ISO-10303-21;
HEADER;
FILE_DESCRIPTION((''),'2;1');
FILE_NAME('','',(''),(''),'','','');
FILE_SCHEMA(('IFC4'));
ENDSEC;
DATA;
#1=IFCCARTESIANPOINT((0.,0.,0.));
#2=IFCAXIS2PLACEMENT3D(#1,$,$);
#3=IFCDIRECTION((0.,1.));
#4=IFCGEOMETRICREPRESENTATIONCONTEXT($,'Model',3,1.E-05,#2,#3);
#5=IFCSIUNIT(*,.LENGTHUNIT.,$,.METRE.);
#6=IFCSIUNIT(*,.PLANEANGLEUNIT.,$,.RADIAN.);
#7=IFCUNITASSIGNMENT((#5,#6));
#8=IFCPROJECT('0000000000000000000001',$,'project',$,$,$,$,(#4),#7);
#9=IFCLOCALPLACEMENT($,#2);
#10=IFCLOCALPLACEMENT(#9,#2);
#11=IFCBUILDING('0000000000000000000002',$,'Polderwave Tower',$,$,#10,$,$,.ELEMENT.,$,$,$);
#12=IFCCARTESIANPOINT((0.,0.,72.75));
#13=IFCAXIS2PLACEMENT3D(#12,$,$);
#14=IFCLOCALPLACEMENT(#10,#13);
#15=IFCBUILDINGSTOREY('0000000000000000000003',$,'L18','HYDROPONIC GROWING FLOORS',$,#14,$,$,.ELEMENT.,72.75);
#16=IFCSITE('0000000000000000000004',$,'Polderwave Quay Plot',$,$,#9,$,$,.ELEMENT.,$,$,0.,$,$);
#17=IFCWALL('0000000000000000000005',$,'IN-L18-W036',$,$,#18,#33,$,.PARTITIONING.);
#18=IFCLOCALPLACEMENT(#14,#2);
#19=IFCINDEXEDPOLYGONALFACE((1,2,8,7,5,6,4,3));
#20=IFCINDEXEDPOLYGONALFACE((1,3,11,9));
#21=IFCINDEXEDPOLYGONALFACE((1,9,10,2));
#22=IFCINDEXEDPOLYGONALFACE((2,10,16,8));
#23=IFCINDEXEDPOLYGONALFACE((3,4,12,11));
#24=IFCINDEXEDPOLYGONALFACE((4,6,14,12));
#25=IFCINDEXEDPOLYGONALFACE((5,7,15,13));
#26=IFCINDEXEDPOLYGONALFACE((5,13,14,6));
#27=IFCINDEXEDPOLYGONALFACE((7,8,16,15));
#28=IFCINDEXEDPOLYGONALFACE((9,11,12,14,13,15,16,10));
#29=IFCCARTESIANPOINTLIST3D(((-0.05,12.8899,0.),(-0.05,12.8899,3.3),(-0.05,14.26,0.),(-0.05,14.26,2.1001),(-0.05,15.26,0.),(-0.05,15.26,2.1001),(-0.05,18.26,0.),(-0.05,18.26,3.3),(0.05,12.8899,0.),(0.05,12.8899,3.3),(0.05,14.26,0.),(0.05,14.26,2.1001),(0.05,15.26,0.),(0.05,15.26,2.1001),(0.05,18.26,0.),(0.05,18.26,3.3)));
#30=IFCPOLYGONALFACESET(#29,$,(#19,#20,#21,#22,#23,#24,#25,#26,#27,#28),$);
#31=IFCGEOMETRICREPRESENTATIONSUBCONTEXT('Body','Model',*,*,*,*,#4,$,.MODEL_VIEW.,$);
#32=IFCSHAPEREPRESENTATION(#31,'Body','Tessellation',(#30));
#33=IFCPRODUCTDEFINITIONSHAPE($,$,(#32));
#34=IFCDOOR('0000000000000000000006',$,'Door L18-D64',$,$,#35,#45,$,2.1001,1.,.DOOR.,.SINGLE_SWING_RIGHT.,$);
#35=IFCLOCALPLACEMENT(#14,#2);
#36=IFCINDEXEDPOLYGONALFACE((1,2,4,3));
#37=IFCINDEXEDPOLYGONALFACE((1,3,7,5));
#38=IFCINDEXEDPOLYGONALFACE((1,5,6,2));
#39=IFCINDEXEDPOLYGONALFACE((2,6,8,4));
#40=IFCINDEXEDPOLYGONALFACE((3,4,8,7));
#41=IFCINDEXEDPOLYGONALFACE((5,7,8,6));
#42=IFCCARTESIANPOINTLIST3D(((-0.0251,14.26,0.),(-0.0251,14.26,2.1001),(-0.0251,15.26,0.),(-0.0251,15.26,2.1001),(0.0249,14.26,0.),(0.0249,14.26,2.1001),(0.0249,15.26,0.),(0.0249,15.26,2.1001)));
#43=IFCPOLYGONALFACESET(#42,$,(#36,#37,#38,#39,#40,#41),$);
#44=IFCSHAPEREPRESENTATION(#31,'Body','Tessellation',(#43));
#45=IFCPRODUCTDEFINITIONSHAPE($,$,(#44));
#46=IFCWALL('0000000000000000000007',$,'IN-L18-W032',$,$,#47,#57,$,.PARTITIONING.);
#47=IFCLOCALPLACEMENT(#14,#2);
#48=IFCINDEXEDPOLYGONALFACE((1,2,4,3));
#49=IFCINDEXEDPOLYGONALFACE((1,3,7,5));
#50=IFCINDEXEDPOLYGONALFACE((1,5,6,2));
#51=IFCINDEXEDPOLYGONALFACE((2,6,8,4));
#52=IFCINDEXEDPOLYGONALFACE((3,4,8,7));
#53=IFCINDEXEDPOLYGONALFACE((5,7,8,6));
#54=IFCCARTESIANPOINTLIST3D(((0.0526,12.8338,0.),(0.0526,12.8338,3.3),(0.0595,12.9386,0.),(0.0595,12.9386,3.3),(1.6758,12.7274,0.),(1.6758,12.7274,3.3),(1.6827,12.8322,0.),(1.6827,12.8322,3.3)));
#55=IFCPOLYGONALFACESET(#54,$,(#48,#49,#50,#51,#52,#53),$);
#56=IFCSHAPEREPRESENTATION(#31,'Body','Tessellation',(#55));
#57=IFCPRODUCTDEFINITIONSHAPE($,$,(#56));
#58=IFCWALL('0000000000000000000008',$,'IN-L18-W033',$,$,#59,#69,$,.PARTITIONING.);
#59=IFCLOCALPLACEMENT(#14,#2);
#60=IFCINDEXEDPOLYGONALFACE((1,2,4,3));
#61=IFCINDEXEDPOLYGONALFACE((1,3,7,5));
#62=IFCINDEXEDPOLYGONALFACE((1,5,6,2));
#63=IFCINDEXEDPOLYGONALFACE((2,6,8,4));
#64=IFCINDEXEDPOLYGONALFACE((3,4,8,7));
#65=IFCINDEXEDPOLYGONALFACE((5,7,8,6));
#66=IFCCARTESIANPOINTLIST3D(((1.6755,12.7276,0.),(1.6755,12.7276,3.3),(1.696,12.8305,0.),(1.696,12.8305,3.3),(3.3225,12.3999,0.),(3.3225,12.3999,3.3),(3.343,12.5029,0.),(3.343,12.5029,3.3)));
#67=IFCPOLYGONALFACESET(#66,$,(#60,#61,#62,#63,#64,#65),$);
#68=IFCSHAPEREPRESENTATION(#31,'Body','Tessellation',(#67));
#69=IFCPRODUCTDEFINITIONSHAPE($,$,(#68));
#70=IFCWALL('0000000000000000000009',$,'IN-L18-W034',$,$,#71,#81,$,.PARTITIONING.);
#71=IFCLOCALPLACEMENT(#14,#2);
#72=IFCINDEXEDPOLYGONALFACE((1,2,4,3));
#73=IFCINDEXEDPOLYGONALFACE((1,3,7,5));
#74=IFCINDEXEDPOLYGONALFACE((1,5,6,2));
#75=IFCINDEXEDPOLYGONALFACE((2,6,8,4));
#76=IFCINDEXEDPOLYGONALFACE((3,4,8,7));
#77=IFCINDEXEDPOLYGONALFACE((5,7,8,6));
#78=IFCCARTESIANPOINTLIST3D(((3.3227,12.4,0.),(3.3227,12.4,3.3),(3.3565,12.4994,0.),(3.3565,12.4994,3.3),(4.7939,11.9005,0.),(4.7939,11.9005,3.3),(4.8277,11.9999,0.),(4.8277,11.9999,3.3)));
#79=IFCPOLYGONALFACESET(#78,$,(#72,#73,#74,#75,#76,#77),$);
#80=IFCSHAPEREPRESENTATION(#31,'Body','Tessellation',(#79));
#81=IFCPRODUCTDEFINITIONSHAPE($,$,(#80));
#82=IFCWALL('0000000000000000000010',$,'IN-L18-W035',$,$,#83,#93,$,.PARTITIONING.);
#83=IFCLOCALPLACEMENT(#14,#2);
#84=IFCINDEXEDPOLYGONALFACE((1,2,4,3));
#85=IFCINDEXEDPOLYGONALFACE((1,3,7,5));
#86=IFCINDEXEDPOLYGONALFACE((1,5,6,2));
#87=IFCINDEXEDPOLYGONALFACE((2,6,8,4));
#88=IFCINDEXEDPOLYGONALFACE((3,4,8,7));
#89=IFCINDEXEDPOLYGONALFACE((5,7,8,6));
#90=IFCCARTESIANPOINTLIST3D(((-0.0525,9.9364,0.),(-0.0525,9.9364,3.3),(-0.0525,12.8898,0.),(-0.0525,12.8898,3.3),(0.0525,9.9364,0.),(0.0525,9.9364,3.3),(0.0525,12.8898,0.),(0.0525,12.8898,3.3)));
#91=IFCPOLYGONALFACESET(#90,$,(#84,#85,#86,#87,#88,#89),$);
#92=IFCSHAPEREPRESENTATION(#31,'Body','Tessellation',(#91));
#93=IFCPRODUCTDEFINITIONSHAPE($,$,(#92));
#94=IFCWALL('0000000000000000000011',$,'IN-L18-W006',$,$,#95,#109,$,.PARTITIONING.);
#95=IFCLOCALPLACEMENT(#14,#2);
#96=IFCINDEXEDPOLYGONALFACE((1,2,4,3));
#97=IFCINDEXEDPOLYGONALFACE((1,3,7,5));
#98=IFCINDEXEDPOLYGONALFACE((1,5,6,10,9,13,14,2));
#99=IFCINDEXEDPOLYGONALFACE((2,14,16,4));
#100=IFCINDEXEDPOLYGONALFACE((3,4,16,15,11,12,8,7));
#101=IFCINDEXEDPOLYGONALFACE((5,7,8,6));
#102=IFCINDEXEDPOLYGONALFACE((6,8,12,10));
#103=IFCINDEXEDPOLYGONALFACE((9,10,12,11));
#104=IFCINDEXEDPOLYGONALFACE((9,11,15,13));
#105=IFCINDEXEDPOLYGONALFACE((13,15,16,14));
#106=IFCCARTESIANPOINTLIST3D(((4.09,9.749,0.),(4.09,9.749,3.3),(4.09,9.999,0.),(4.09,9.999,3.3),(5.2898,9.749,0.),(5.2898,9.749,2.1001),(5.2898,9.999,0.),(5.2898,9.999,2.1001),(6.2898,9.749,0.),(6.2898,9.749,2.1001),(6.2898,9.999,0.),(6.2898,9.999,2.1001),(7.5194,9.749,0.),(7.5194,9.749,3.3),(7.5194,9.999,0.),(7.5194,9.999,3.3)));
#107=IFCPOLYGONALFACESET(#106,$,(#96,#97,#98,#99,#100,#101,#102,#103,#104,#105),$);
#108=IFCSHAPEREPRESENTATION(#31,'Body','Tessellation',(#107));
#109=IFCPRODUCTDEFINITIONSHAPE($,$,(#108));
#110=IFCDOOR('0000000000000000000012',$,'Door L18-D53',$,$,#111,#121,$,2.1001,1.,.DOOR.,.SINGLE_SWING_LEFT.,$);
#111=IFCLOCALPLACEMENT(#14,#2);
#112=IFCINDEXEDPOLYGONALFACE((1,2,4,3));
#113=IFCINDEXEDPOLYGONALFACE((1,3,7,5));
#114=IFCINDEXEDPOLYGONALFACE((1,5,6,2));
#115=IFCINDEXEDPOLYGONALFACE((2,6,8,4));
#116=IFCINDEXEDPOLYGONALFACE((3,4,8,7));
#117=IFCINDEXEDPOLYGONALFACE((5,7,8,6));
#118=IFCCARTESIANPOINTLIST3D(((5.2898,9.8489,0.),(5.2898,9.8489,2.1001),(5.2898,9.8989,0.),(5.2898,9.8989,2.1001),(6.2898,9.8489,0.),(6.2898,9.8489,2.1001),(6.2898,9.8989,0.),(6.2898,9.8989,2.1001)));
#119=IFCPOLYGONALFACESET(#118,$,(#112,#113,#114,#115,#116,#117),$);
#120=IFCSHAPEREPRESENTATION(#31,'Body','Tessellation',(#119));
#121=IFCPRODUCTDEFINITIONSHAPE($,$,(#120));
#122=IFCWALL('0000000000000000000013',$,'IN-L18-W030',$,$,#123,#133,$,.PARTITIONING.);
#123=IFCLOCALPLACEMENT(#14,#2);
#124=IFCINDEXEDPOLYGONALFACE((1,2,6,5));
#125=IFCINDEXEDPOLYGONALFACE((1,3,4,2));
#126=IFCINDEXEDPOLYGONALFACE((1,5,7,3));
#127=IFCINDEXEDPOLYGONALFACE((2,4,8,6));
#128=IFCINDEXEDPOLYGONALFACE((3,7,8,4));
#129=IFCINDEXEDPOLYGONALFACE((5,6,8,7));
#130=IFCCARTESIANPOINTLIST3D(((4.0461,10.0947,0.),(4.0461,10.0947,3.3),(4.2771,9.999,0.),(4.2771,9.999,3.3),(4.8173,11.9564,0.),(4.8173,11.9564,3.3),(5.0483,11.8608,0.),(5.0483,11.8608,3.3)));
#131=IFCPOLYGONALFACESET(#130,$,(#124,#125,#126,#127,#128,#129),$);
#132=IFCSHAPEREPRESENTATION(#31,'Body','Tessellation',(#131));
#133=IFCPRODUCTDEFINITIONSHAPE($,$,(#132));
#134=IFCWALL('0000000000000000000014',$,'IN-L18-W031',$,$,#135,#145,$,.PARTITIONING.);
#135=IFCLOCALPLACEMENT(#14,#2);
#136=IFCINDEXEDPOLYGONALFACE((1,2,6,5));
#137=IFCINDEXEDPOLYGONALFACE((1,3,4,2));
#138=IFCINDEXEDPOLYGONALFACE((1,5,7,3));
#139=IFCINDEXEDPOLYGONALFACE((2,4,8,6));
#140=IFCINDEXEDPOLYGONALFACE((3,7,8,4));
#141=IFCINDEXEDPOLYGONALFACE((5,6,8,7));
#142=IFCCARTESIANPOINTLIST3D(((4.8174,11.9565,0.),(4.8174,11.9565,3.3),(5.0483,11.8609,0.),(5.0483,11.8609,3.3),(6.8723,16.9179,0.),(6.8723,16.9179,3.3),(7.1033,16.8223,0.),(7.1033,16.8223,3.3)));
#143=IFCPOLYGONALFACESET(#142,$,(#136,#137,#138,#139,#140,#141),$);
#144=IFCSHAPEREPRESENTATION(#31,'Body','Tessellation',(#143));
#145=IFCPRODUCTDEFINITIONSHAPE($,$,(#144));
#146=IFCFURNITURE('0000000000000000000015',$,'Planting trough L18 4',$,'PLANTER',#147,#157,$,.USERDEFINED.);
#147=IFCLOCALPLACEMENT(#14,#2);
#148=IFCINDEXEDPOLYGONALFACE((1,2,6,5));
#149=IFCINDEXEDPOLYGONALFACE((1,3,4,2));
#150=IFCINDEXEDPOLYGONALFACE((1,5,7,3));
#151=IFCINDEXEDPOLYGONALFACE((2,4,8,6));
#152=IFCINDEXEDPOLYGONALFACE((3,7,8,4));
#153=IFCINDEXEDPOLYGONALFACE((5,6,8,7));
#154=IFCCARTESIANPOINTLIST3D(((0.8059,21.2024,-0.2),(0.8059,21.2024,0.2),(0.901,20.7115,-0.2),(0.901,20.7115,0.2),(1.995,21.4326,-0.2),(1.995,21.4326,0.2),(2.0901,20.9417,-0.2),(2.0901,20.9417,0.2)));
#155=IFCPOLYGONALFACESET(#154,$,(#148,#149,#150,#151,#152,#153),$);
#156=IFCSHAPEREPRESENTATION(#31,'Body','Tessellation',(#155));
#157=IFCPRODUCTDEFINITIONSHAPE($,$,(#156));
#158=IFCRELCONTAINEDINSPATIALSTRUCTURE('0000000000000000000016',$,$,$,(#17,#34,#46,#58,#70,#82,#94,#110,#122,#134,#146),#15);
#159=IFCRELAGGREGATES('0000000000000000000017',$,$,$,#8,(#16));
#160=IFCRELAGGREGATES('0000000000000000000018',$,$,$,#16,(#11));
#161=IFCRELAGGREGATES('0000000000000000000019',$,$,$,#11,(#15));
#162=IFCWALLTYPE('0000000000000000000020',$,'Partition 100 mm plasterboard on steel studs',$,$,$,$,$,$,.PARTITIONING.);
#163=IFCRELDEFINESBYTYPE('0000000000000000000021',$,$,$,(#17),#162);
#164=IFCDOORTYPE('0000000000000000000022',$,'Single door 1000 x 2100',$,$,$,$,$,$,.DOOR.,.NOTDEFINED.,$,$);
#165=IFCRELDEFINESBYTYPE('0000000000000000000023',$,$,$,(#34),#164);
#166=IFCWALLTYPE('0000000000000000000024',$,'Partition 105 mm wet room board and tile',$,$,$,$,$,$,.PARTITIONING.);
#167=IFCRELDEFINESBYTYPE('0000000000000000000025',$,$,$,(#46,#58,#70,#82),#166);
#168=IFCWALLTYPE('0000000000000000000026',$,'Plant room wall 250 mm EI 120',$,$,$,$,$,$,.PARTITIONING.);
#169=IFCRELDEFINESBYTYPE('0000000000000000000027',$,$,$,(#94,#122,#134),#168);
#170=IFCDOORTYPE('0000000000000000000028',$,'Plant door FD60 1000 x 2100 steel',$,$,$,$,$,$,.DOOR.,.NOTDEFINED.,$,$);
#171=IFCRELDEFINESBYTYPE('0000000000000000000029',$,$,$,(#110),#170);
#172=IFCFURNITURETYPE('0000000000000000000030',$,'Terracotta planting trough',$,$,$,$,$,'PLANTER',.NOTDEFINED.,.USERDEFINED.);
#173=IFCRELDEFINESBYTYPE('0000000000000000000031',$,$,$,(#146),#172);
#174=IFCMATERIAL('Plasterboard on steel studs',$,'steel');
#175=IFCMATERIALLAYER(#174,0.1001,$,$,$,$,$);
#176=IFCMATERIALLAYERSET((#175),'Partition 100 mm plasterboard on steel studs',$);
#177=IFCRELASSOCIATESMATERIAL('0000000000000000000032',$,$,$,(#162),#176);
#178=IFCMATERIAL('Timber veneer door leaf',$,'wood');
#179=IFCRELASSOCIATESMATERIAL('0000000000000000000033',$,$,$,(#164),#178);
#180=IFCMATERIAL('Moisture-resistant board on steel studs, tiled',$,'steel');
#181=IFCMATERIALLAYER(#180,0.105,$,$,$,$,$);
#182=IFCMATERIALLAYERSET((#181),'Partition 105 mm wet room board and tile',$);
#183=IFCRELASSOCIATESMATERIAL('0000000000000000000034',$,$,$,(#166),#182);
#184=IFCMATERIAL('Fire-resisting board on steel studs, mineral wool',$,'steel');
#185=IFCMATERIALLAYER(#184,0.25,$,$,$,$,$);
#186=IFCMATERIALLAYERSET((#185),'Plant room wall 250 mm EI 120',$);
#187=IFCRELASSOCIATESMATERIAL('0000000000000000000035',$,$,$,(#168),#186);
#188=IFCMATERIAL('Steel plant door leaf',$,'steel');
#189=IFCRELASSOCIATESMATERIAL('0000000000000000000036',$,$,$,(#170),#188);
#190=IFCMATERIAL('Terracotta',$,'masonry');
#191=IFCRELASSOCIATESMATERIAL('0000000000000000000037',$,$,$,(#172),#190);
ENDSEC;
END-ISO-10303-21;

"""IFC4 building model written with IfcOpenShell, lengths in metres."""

from ifc_helpers import new_model, si_unit, direction, frame, frame_2d, origin, origin_2d, place, context, subcontext, project, spatial, rectangle, extrude, material, layer, layer_set, type_object, element, fill, save


model = new_model("IFC4")

# Units and contexts
model_context = context("Model", 3, precision=1e-05, world=origin(), true_north=direction((0.0, 1.0)))
body_context = subcontext(model_context, "Body", "Model", "MODEL_VIEW")
ifc_project = project(units=[si_unit("LENGTHUNIT", "METRE"), si_unit("PLANEANGLEUNIT", "RADIAN")], contexts=[model_context])

# Site, building, storey
site_placement = place(None, origin())
site = spatial("IfcSite", under=ifc_project, at=site_placement, Name="Polderwave Quay Plot", CompositionType="ELEMENT", RefElevation=0.0)
building_placement = place(site_placement, origin())
building = spatial("IfcBuilding", under=site, at=building_placement, Name="Polderwave Tower", CompositionType="ELEMENT")
storey_placement = place(building_placement, frame((0.0, 0.0, 72.75)))
storey = spatial("IfcBuildingStorey", under=building, at=storey_placement, Name="L18", Description="HYDROPONIC GROWING FLOORS", CompositionType="ELEMENT", Elevation=72.75)

# Wall, opening, door
ifc_material_1 = material(Name="Plasterboard on steel studs", Category="steel")
ifc_layer_1 = layer(ifc_material_1, 0.1001)
ifc_layer_set_1 = layer_set([ifc_layer_1], Name="Partition 100 mm plasterboard on steel studs")
wall_type_1 = type_object("IfcWallType", Name="Partition 100 mm plasterboard on steel studs", PredefinedType="PARTITIONING", material=ifc_layer_set_1)
wall_1_placement = place(storey_placement, frame((0.0, 18.26, 0.0), z_axis=(0.0, 0.0, 1.0), x_axis=(0.0, -1.0, 0.0)))
wall_1 = element("IfcWall", 1, at=wall_1_placement, inside=storey, type_object=wall_type_1, Name="IN-L18-W036", PredefinedType="PARTITIONING", context=body_context, shape_type="SweptSolid", body=[
    extrude(rectangle(XDim=5.3701, YDim=0.1001, at=frame_2d((2.6851, 0.0))), origin(), (0.0, 0.0, 1.0), 3.3),
])
opening_1_placement = place(wall_1_placement, frame((3.0, 0.0, 0.0)))
opening_1 = element("IfcOpeningElement", 2, at=opening_1_placement, cuts=wall_1, PredefinedType="OPENING", context=body_context, shape_type="SweptSolid", body=[
    extrude(rectangle(XDim=1.0, YDim=2.1001, at=frame_2d((0.5, 1.05))), frame((0.0, 0.0601, 0.0), z_axis=(0.0, -1.0, 0.0), x_axis=(1.0, 0.0, 0.0)), (0.0, 0.0, 1.0), 0.1201),
])
ifc_material_2 = material(Name="Timber veneer door leaf", Category="wood")
door_type_1 = type_object("IfcDoorType", Name="Single door 1000 x 2100", OperationType="NOTDEFINED", PredefinedType="DOOR", material=ifc_material_2)
door_1_placement = place(opening_1_placement, origin())
door_1 = element("IfcDoor", 3, at=door_1_placement, inside=storey, type_object=door_type_1, Name="Door L18-D64", OperationType="SINGLE_SWING_RIGHT", OverallHeight=2.1001, OverallWidth=1.0, PredefinedType="DOOR", context=body_context, shape_type="SweptSolid", body=[
    extrude(rectangle(XDim=1.0, YDim=2.1001, at=frame_2d((0.5, 1.05))), frame((0.0, 0.0249, 0.0), z_axis=(0.0, -1.0, 0.0), x_axis=(1.0, 0.0, 0.0)), (0.0, 0.0, 1.0), 0.05),
])
fill(opening_1, door_1)

# Walls
ifc_material_3 = material(Name="Moisture-resistant board on steel studs, tiled", Category="steel")
ifc_layer_2 = layer(ifc_material_3, 0.105)
ifc_layer_set_2 = layer_set([ifc_layer_2], Name="Partition 105 mm wet room board and tile")
wall_type_2 = type_object("IfcWallType", Name="Partition 105 mm wet room board and tile", PredefinedType="PARTITIONING", material=ifc_layer_set_2)
wall_2_placement = place(storey_placement, frame((0.0559, 12.8862, 0.0), z_axis=(0.0, 0.0, 1.0), x_axis=(0.997857, -0.065433, 0.0)))
element("IfcWall", 4, at=wall_2_placement, inside=storey, type_object=wall_type_2, Name="IN-L18-W032", PredefinedType="PARTITIONING", context=body_context, shape_type="SweptSolid", body=[
    extrude(rectangle(XDim=1.6267, YDim=0.105, at=frame_2d((0.8135, 0.0))), origin(), (0.0, 0.0, 1.0), 3.3),
])
wall_3_placement = place(storey_placement, frame((1.6858, 12.7791, 0.0), z_axis=(0.0, 0.0, 1.0), x_axis=(0.980781, -0.19511, 0.0)))
element("IfcWall", 5, at=wall_3_placement, inside=storey, type_object=wall_type_2, Name="IN-L18-W033", PredefinedType="PARTITIONING", context=body_context, shape_type="SweptSolid", body=[
    extrude(rectangle(XDim=1.6792, YDim=0.105, at=frame_2d((0.8396, 0.0))), origin(), (0.0, 0.0, 1.0), 3.3),
])
wall_4_placement = place(storey_placement, frame((3.3396, 12.4497, 0.0), z_axis=(0.0, 0.0, 1.0), x_axis=(0.946909, -0.321503, 0.0)))
element("IfcWall", 6, at=wall_4_placement, inside=storey, type_object=wall_type_2, Name="IN-L18-W034", PredefinedType="PARTITIONING", context=body_context, shape_type="SweptSolid", body=[
    extrude(rectangle(XDim=1.5537, YDim=0.105, at=frame_2d((0.7769, 0.0))), origin(), (0.0, 0.0, 1.0), 3.3),
])
wall_5_placement = place(storey_placement, frame((0.0, 9.9365, 0.0), z_axis=(0.0, 0.0, 1.0), x_axis=(0.0, 1.0, 0.0)))
element("IfcWall", 7, at=wall_5_placement, inside=storey, type_object=wall_type_2, Name="IN-L18-W035", PredefinedType="PARTITIONING", context=body_context, shape_type="SweptSolid", body=[
    extrude(rectangle(XDim=2.9534, YDim=0.105, at=frame_2d((1.4766, 0.0))), origin(), (0.0, 0.0, 1.0), 3.3),
])

# Wall, opening, door
ifc_material_4 = material(Name="Fire-resisting board on steel studs, mineral wool", Category="steel")
ifc_layer_3 = layer(ifc_material_4, 0.25)
ifc_layer_set_3 = layer_set([ifc_layer_3], Name="Plant room wall 250 mm EI 120")
wall_type_3 = type_object("IfcWallType", Name="Plant room wall 250 mm EI 120", PredefinedType="PARTITIONING", material=ifc_layer_set_3)
wall_6_placement = place(storey_placement, frame((4.0898, 9.874, 0.0), z_axis=(0.0, 0.0, 1.0), x_axis=(1.0, 0.0, 0.0)))
wall_6 = element("IfcWall", 8, at=wall_6_placement, inside=storey, type_object=wall_type_3, Name="IN-L18-W006", PredefinedType="PARTITIONING", context=body_context, shape_type="SweptSolid", body=[
    extrude(rectangle(XDim=3.4294, YDim=0.25, at=frame_2d((1.7148, 0.0))), origin(), (0.0, 0.0, 1.0), 3.3),
])
opening_2_placement = place(wall_6_placement, frame((1.2, 0.0, 0.0)))
opening_2 = element("IfcOpeningElement", 9, at=opening_2_placement, cuts=wall_6, PredefinedType="OPENING", context=body_context, shape_type="SweptSolid", body=[
    extrude(rectangle(XDim=1.0, YDim=2.1001, at=frame_2d((0.5, 1.05))), frame((0.0, 0.135, 0.0), z_axis=(0.0, -1.0, 0.0), x_axis=(1.0, 0.0, 0.0)), (0.0, 0.0, 1.0), 0.27),
])
ifc_material_5 = material(Name="Steel plant door leaf", Category="steel")
door_type_2 = type_object("IfcDoorType", Name="Plant door FD60 1000 x 2100 steel", OperationType="NOTDEFINED", PredefinedType="DOOR", material=ifc_material_5)
door_2_placement = place(opening_2_placement, origin())
door_2 = element("IfcDoor", 10, at=door_2_placement, inside=storey, type_object=door_type_2, Name="Door L18-D53", OperationType="SINGLE_SWING_LEFT", OverallHeight=2.1001, OverallWidth=1.0, PredefinedType="DOOR", context=body_context, shape_type="SweptSolid", body=[
    extrude(rectangle(XDim=1.0, YDim=2.1001, at=frame_2d((0.5, 1.05))), frame((0.0, 0.0249, 0.0), z_axis=(0.0, -1.0, 0.0), x_axis=(1.0, 0.0, 0.0)), (0.0, 0.0, 1.0), 0.05),
])
fill(opening_2, door_2)

# Walls
wall_7_placement = place(storey_placement, frame((4.1616, 10.0469, 0.0), z_axis=(0.0, 0.0, 1.0), x_axis=(0.382705, 0.923871, 0.0)))
element("IfcWall", 11, at=wall_7_placement, inside=storey, type_object=wall_type_3, Name="IN-L18-W030", PredefinedType="PARTITIONING", context=body_context, shape_type="SweptSolid", body=[
    extrude(rectangle(XDim=2.0151, YDim=0.25, at=frame_2d((1.0076, 0.0))), origin(), (0.0, 0.0, 1.0), 3.3),
])
wall_8_placement = place(storey_placement, frame((4.9329, 11.9087, 0.0), z_axis=(0.0, 0.0, 1.0), x_axis=(0.382658, 0.92389, 0.0)))
element("IfcWall", 12, at=wall_8_placement, inside=storey, type_object=wall_type_3, Name="IN-L18-W031", PredefinedType="PARTITIONING", context=body_context, shape_type="SweptSolid", body=[
    extrude(rectangle(XDim=5.3701, YDim=0.25, at=frame_2d((2.6851, 0.0))), origin(), (0.0, 0.0, 1.0), 3.3),
])

# Furniture
ifc_material_6 = material(Name="Terracotta", Category="masonry")
furniture_type = type_object("IfcFurnitureType", Name="Terracotta planting trough", ElementType="PLANTER", AssemblyPlace="NOTDEFINED", PredefinedType="USERDEFINED", material=ifc_material_6)
furniture_placement = place(storey_placement, frame((1.448, 21.072, -0.2), z_axis=(0.0, 0.0, 1.0), x_axis=(-0.981775, -0.190047, 0.0)))
element("IfcFurniture", 13, at=furniture_placement, inside=storey, type_object=furniture_type, Name="Planting trough L18 4", ObjectType="PLANTER", PredefinedType="USERDEFINED", context=body_context, shape_type="SweptSolid", body=[
    extrude(rectangle(XDim=1.2112, YDim=0.5, at=origin_2d()), origin(), (0.0, 0.0, 1.0), 0.3999),
])

save(model, "model.ifc")
